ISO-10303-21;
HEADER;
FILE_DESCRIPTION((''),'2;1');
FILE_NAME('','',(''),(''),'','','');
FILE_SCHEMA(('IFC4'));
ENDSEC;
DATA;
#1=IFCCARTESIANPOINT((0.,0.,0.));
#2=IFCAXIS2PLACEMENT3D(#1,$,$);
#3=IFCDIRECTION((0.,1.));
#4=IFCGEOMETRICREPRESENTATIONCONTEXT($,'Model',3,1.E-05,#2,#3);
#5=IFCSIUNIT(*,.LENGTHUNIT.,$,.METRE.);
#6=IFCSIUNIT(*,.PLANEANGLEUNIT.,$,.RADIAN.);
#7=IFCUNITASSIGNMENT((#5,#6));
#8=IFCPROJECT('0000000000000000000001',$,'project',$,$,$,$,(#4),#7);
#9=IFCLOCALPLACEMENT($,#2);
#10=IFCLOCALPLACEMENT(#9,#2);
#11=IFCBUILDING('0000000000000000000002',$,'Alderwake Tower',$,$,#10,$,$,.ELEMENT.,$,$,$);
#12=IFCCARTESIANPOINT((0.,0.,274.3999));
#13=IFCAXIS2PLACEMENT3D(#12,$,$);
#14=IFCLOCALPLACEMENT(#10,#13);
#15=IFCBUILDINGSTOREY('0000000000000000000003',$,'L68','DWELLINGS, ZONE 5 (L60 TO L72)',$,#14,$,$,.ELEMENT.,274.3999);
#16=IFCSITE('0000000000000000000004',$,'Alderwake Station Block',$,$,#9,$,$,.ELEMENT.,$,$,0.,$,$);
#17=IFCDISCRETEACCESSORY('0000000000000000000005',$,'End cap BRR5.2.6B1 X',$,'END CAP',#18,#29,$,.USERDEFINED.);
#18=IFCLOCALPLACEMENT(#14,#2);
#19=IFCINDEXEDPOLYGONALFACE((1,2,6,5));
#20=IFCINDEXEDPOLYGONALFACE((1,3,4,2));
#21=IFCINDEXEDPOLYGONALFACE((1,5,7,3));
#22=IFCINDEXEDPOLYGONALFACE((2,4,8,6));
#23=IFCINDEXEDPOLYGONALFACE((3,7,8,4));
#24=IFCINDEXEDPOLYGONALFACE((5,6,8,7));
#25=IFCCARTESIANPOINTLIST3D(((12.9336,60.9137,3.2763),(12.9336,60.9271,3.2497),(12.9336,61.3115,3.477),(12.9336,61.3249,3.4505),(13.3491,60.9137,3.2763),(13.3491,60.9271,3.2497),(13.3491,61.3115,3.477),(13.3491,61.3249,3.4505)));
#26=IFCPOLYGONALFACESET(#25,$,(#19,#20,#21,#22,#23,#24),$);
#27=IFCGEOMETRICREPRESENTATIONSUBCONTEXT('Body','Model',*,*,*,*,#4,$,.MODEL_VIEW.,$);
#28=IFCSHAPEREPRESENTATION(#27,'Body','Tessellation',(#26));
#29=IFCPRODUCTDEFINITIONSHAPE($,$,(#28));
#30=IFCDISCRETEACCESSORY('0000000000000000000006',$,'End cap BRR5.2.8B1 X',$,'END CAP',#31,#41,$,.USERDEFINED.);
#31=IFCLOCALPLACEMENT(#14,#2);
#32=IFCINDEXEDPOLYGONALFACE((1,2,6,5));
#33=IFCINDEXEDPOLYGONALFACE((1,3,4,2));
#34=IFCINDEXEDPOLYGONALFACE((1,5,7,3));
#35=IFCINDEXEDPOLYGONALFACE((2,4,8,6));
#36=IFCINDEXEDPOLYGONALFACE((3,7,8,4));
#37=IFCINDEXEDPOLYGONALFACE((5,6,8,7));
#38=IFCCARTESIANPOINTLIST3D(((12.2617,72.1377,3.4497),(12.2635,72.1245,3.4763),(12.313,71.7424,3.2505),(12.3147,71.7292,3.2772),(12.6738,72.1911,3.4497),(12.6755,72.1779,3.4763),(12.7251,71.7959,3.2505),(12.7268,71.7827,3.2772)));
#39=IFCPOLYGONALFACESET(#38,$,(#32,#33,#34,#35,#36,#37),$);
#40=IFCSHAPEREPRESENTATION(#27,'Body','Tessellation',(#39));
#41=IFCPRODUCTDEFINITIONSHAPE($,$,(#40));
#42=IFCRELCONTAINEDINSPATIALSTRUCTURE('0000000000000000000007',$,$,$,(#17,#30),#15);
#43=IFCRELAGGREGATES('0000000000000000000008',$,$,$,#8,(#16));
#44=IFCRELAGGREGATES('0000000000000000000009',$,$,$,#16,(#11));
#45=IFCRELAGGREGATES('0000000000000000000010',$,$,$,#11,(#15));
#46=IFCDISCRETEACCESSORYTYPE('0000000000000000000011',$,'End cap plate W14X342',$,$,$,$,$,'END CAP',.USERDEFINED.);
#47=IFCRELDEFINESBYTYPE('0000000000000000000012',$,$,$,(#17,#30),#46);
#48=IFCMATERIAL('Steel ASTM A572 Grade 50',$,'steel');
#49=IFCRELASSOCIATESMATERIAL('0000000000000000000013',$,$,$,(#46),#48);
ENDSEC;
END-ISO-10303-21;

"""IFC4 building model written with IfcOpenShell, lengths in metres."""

from ifc_helpers import new_model, si_unit, direction, frame, origin, origin_2d, place, context, subcontext, project, spatial, rectangle, extrude, material, material_profile, profile_set, type_object, element, save


model = new_model("IFC4")

# Units and contexts
model_context = context("Model", 3, precision=1e-05, world=origin(), true_north=direction((0.0, 1.0)))
body_context = subcontext(model_context, "Body", "Model", "MODEL_VIEW")
ifc_project = project(units=[si_unit("LENGTHUNIT", "METRE"), si_unit("PLANEANGLEUNIT", "RADIAN")], contexts=[model_context])

# Site, building, storey
site_placement = place(None, origin())
site = spatial("IfcSite", under=ifc_project, at=site_placement, Name="Alderwake Station Block", CompositionType="ELEMENT", RefElevation=0.0)
building_placement = place(site_placement, origin())
building = spatial("IfcBuilding", under=site, at=building_placement, Name="Alderwake Tower", CompositionType="ELEMENT")
storey_placement = place(building_placement, frame((0.0, 0.0, 274.3999)))
storey = spatial("IfcBuildingStorey", under=building, at=storey_placement, Name="L68", Description="DWELLINGS, ZONE 5 (L60 TO L72)", CompositionType="ELEMENT", Elevation=274.3999)

# Discrete accessories
ifc_material_1 = material(Name="Steel ASTM A572 Grade 50", Category="steel")
ifc_material_profile = material_profile(ifc_material_1, rectangle(XDim=0.4155, YDim=0.4456, at=origin_2d()), Name="W14X342 cap")
ifc_profile_set = profile_set([ifc_material_profile], Name="Steel ASTM A572 Grade 50")
discrete_accessory_type = type_object("IfcDiscreteAccessoryType", Name="End cap plate W14X342", ElementType="END CAP", PredefinedType="USERDEFINED", material=ifc_profile_set)
for number, where, z_axis, x_axis, name in (
    (1, (13.1414, 61.126, 3.3501), (0.0, -0.450487, 0.892783), (1.0, 0.0, 0.0), "End cap BRR5.2.6B1 X"),
    (2, (12.4934, 71.9668, 3.3501), (0.05745, -0.443189, 0.894585), (0.991703, 0.128554, 0.0), "End cap BRR5.2.8B1 X"),
):
    element("IfcDiscreteAccessory", number, at=place(storey_placement, frame(where, z_axis=z_axis, x_axis=x_axis)), inside=storey, type_object=discrete_accessory_type, Name=name, ObjectType="END CAP", PredefinedType="USERDEFINED", context=body_context, shape_type="SweptSolid", body=[
        extrude(rectangle(XDim=0.4155, YDim=0.4456, at=origin_2d()), origin(), (0.0, 0.0, 1.0), 0.0298),
    ])

save(model, "model.ifc")
